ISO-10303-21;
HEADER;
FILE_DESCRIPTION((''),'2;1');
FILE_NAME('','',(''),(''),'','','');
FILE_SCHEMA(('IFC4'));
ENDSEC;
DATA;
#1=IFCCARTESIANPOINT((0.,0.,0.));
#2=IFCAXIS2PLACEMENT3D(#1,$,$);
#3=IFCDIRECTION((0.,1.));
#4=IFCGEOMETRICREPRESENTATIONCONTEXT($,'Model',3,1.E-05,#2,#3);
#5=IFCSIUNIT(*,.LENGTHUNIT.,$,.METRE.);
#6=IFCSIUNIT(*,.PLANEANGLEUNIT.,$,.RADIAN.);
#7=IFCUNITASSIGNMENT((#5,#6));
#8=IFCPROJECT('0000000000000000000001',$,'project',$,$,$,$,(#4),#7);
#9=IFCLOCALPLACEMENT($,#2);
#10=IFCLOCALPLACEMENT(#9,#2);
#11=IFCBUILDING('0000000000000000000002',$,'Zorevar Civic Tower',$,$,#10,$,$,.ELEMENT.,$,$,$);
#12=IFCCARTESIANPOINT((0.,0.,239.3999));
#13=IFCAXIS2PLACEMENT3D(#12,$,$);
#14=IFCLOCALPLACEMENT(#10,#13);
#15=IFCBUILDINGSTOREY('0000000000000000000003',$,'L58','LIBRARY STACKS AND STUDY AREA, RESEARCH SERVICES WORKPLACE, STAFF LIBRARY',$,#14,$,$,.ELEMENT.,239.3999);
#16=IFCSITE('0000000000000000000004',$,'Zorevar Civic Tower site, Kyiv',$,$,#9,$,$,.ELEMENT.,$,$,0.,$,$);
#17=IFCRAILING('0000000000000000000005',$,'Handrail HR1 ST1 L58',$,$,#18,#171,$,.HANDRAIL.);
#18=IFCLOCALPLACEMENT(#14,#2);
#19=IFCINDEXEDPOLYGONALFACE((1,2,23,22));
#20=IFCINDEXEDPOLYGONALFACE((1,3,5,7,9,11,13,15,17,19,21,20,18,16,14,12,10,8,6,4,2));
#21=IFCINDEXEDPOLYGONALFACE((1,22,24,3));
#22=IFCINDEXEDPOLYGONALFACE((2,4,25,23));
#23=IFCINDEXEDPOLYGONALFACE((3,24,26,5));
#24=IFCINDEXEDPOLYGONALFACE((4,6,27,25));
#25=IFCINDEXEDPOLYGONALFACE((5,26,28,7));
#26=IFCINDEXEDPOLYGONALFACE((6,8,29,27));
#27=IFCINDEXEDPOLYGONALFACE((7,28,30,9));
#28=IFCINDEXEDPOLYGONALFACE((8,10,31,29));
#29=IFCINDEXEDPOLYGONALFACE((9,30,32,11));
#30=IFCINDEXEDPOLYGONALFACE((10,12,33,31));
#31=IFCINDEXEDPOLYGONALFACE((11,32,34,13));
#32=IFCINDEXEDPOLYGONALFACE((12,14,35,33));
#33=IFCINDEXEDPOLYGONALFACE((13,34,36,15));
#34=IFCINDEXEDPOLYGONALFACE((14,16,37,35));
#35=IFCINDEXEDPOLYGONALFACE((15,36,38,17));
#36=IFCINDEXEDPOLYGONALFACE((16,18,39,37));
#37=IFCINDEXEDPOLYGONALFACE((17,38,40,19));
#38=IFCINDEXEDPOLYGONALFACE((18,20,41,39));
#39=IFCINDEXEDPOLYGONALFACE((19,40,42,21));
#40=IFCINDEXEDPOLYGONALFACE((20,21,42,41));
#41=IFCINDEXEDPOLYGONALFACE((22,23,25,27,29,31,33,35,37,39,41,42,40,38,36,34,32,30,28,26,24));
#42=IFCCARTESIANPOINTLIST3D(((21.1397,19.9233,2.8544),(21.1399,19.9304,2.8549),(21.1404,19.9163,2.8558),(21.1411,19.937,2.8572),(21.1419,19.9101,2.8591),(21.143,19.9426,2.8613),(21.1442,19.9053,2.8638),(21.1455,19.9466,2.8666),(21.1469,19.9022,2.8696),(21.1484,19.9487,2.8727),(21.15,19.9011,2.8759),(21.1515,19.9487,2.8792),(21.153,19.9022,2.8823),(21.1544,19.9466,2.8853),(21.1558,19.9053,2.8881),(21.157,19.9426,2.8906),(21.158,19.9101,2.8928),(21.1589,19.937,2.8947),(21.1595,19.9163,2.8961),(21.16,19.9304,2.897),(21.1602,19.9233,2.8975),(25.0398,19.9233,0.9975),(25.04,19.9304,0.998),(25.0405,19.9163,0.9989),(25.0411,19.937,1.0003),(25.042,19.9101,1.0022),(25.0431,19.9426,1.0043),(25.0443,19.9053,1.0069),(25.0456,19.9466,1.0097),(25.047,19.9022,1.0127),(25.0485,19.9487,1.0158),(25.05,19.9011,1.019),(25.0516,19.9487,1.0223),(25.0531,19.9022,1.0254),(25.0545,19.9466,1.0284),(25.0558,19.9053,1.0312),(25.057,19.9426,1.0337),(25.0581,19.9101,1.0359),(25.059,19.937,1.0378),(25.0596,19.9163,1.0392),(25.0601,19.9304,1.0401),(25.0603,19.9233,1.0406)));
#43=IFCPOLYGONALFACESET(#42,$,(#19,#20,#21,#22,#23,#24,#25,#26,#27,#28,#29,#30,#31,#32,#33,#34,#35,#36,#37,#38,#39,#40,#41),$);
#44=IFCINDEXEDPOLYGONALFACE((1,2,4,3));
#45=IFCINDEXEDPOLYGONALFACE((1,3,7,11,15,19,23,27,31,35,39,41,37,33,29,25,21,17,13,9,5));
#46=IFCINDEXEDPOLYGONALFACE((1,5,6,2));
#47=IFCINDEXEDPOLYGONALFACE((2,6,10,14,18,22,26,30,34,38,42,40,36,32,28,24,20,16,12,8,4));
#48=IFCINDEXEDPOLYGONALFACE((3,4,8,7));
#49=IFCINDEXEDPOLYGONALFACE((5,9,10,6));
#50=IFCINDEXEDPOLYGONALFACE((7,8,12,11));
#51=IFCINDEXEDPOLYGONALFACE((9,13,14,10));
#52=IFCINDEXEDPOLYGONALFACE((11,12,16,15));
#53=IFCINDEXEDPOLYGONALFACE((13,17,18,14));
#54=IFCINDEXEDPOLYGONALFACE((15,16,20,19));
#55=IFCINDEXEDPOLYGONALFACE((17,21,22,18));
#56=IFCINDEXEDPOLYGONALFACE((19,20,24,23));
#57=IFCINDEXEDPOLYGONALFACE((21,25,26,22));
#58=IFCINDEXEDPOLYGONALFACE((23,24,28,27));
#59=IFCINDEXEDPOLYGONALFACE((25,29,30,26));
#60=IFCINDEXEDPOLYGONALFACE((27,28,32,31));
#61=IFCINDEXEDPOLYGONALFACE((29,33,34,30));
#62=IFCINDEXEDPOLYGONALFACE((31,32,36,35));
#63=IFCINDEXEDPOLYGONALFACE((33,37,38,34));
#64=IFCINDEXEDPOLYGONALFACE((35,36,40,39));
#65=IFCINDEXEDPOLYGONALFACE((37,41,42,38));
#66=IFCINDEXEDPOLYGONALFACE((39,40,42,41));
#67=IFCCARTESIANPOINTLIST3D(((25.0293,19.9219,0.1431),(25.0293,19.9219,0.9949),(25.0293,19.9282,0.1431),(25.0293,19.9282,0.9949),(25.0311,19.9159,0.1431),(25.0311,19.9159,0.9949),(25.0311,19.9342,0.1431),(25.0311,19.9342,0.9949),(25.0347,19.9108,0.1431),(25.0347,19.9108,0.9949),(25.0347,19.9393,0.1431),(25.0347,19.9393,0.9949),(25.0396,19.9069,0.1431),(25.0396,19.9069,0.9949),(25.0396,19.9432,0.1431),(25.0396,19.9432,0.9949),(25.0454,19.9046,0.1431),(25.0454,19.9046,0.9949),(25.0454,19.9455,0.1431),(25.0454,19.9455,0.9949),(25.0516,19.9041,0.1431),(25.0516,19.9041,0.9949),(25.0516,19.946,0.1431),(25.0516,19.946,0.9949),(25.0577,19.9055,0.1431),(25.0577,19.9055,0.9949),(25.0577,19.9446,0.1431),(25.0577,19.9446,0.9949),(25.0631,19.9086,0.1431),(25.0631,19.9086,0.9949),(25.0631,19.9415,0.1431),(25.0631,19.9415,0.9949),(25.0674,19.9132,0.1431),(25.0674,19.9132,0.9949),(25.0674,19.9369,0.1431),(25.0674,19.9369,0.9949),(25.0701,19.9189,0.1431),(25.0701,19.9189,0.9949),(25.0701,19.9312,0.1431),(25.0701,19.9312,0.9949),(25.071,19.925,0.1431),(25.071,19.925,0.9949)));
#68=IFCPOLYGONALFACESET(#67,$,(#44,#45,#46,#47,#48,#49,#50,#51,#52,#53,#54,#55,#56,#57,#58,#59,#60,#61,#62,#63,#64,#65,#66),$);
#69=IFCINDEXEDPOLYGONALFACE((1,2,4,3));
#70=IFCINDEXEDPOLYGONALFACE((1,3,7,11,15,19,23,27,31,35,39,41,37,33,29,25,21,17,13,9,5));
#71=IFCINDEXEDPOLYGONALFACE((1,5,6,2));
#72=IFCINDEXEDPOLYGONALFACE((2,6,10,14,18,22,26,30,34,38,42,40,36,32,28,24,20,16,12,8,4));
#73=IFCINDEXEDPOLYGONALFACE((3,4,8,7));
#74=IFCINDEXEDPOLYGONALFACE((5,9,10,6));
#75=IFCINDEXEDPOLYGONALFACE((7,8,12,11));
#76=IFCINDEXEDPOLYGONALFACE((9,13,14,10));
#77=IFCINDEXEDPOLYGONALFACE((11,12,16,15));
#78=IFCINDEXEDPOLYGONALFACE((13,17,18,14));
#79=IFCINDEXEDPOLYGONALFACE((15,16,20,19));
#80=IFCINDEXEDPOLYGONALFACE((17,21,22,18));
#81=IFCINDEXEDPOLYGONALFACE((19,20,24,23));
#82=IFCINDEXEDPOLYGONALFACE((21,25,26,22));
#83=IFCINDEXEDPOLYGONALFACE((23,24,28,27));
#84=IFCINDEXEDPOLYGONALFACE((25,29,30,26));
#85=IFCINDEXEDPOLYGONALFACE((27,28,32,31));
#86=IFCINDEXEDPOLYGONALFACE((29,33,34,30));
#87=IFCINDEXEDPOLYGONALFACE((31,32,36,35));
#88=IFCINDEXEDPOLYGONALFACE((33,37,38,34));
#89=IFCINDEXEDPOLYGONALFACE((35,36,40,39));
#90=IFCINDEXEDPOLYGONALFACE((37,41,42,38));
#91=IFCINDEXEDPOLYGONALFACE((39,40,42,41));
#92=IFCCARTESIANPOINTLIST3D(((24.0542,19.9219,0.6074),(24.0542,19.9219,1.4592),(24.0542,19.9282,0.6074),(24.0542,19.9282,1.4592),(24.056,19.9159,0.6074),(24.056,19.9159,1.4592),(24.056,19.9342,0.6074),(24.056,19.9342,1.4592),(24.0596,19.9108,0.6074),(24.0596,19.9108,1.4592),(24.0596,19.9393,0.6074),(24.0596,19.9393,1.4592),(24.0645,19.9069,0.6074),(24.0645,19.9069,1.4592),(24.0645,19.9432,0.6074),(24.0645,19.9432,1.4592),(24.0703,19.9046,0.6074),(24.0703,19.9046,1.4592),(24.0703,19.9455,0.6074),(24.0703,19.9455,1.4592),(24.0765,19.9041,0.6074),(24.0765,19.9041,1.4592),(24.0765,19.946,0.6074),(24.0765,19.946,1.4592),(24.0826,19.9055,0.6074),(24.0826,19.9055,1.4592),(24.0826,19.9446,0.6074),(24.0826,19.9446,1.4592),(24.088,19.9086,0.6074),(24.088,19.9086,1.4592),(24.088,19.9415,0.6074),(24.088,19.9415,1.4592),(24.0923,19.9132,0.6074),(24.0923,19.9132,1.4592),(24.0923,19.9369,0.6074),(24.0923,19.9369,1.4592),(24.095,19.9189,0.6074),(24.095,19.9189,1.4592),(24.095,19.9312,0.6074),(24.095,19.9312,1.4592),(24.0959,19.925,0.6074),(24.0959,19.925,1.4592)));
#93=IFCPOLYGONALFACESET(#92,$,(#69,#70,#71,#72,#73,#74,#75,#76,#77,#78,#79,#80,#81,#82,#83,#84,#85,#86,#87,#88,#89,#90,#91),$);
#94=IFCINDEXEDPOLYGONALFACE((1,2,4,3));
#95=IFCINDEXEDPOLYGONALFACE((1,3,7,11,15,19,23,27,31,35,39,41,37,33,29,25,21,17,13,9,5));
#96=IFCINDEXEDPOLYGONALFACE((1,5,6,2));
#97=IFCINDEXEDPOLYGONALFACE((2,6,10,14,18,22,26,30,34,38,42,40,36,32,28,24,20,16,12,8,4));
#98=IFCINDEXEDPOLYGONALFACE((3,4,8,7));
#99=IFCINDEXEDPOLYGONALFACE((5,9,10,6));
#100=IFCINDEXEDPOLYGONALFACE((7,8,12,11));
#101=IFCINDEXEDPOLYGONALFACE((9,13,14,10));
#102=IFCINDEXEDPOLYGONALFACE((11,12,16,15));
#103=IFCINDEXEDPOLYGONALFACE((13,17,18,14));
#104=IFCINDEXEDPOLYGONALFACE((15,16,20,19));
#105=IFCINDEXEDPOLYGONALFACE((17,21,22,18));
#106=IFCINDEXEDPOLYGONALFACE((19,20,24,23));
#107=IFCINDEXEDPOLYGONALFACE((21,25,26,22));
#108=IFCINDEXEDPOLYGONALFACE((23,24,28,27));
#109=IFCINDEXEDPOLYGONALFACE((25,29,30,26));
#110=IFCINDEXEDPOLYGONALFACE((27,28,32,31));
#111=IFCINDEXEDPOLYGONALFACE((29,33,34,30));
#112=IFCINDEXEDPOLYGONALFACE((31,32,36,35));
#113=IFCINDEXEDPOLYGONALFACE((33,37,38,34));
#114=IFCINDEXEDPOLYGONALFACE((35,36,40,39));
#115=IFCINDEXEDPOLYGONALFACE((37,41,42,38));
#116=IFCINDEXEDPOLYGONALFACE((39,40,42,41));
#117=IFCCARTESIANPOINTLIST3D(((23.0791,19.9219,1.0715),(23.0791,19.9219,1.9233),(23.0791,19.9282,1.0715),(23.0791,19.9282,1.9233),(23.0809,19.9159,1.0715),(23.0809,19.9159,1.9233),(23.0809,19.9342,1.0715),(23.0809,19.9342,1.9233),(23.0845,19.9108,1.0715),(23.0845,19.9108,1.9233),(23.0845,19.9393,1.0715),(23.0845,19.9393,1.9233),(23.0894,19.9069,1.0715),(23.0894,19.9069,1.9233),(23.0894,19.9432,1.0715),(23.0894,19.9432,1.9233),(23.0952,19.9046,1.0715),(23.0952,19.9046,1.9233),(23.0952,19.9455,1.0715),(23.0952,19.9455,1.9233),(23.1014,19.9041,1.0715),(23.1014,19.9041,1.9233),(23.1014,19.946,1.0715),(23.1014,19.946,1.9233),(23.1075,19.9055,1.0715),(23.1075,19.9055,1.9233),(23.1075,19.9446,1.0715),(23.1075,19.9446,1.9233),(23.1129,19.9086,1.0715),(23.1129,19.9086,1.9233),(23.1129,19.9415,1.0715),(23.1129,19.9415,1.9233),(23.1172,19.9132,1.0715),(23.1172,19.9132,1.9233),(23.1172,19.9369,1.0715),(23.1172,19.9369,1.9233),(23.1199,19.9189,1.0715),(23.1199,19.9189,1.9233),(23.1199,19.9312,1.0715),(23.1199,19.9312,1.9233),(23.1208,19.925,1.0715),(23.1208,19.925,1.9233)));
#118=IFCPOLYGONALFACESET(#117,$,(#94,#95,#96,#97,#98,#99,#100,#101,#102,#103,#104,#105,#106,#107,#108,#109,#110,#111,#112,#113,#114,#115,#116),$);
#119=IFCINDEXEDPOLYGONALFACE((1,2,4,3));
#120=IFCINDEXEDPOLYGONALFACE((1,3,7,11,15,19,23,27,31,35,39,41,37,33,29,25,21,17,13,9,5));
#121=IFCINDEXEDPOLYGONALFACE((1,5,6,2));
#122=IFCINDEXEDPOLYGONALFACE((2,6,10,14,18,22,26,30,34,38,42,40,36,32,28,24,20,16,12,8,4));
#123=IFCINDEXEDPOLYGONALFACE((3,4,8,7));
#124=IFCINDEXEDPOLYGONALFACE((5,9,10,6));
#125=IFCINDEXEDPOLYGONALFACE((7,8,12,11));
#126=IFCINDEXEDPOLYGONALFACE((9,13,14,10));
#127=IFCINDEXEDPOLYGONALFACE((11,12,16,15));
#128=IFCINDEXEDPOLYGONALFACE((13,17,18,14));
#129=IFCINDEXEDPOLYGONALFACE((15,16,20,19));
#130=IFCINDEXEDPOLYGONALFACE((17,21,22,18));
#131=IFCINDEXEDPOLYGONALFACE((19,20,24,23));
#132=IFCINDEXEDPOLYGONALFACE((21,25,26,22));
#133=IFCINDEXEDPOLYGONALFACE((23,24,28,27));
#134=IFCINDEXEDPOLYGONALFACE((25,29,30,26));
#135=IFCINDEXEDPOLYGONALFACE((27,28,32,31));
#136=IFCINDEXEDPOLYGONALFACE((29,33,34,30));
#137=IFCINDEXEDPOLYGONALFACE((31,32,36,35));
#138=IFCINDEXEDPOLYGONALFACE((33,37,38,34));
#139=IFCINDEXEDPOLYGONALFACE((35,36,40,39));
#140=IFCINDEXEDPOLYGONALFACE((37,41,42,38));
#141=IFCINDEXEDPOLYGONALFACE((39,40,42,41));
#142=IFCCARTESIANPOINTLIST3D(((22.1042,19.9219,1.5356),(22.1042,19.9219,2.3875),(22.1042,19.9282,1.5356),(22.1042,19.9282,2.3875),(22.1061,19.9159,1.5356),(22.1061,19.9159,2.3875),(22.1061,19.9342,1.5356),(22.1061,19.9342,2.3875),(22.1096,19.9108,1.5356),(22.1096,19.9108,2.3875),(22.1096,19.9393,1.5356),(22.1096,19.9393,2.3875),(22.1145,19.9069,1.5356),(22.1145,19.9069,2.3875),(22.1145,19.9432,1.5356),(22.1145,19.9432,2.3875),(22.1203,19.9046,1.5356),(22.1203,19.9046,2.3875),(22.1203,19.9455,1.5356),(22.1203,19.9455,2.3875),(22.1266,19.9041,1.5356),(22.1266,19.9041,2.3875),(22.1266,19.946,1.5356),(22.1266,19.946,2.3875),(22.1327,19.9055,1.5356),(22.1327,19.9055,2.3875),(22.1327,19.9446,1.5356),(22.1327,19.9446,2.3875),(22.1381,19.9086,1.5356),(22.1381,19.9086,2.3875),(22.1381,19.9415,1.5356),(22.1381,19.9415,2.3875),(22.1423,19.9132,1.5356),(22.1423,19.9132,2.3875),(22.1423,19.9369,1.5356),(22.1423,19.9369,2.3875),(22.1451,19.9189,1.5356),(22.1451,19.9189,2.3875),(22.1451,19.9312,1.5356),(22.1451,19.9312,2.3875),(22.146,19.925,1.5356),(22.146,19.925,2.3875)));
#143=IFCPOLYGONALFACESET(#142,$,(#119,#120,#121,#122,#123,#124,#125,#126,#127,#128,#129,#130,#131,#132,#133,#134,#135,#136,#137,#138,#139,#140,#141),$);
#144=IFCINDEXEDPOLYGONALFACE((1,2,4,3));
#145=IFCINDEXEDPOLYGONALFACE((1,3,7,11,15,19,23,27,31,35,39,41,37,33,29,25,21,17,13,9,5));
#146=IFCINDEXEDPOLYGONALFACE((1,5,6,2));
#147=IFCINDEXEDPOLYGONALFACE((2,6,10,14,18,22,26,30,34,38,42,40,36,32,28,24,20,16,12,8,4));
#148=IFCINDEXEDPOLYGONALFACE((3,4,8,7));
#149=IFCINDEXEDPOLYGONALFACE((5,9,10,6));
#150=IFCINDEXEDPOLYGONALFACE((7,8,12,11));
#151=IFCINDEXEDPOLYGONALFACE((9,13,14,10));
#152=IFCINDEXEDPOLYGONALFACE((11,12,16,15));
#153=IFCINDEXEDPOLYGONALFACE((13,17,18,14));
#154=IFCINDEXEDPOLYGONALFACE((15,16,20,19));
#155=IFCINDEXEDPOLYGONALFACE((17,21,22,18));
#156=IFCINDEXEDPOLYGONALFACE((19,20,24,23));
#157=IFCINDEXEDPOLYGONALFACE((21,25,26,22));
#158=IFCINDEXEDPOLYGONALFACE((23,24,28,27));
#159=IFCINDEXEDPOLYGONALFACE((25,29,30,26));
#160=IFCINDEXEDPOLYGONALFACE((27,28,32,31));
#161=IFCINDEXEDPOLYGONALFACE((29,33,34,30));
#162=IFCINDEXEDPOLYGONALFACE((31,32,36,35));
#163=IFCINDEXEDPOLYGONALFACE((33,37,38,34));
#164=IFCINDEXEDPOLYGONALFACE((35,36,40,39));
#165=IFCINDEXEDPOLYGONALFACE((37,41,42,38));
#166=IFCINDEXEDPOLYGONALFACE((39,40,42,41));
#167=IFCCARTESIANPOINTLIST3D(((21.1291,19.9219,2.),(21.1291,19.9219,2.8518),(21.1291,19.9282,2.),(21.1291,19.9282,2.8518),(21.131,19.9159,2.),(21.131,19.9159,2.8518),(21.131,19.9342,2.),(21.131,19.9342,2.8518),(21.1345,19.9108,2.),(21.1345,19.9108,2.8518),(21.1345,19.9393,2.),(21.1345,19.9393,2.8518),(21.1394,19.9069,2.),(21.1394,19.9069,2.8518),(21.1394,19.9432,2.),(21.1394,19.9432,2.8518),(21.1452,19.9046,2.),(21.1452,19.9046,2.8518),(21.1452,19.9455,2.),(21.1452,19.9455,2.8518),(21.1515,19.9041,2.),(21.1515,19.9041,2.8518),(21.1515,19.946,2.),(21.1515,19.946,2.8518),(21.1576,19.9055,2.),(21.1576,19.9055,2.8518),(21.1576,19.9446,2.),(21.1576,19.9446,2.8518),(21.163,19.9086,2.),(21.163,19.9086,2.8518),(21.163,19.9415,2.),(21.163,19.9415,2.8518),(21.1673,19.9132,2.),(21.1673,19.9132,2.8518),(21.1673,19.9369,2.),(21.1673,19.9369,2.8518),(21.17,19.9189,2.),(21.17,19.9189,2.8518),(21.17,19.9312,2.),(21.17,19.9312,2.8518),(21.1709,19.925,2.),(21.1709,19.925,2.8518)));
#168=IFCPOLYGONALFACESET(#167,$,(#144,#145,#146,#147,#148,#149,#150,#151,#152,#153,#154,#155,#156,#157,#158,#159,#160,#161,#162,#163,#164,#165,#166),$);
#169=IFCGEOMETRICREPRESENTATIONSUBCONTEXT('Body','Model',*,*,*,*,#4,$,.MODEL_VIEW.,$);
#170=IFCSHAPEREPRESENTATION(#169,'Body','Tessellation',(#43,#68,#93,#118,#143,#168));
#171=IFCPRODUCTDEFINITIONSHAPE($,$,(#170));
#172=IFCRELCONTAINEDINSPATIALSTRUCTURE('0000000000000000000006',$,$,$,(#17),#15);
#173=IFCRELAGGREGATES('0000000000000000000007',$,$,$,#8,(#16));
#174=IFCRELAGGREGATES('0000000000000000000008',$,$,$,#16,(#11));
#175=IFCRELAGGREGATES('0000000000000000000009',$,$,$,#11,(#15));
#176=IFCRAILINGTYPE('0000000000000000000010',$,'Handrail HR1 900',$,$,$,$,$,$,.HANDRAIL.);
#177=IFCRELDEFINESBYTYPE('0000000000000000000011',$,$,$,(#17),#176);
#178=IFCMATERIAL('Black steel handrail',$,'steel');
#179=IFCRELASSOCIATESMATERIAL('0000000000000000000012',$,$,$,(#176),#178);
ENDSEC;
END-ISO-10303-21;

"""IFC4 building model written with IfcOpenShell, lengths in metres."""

from ifc_helpers import new_model, si_unit, direction, frame, origin, origin_2d, place, context, subcontext, project, spatial, circle, extrude, material, type_object, element, save


model = new_model("IFC4")

# Units and contexts
model_context = context("Model", 3, precision=1e-05, world=origin(), true_north=direction((0.0, 1.0)))
body_context = subcontext(model_context, "Body", "Model", "MODEL_VIEW")
ifc_project = project(units=[si_unit("LENGTHUNIT", "METRE"), si_unit("PLANEANGLEUNIT", "RADIAN")], contexts=[model_context])

# Site, building, storey
site_placement = place(None, origin())
site = spatial("IfcSite", under=ifc_project, at=site_placement, Name="Zorevar Civic Tower site, Kyiv", CompositionType="ELEMENT", RefElevation=0.0)
building_placement = place(site_placement, origin())
building = spatial("IfcBuilding", under=site, at=building_placement, Name="Zorevar Civic Tower", CompositionType="ELEMENT")
storey_placement = place(building_placement, frame((0.0, 0.0, 239.3999)))
storey = spatial("IfcBuildingStorey", under=building, at=storey_placement, Name="L58", Description="LIBRARY STACKS AND STUDY AREA, RESEARCH SERVICES WORKPLACE, STAFF LIBRARY", CompositionType="ELEMENT", Elevation=239.3999)

# Railing
ifc_material_1 = material(Name="Black steel handrail", Category="steel")
railing_type = type_object("IfcRailingType", Name="Handrail HR1 900", PredefinedType="HANDRAIL", material=ifc_material_1)
railing_1_placement = place(storey_placement, frame((25.05, 19.925, 0.1431)))
element("IfcRailing", 1, at=railing_1_placement, inside=storey, type_object=railing_type, Name="Handrail HR1 ST1 L58", PredefinedType="HANDRAIL", context=body_context, shape_type="SweptSolid", body=[
    extrude(circle(Radius=0.0239, at=origin_2d()), frame((0.0, 0.0, 0.876), z_axis=(-0.902886, 0.0, 0.429881), x_axis=(0.0, -1.0, 0.0)), (0.0, 0.0, 1.0), 4.3196),
    extrude(circle(Radius=0.021, at=origin_2d()), origin(), (0.0, 0.0, 1.0), 0.8518),
    extrude(circle(Radius=0.021, at=origin_2d()), frame((-0.9751, 0.0, 0.4644)), (0.0, 0.0, 1.0), 0.8518),
    extrude(circle(Radius=0.021, at=origin_2d()), frame((-1.9502, 0.0, 0.9285)), (0.0, 0.0, 1.0), 0.8518),
    extrude(circle(Radius=0.021, at=origin_2d()), frame((-2.925, 0.0, 1.3926)), (0.0, 0.0, 1.0), 0.8518),
    extrude(circle(Radius=0.021, at=origin_2d()), frame((-3.9001, 0.0, 1.8569)), (0.0, 0.0, 1.0), 0.8518),
])

save(model, "model.ifc")
